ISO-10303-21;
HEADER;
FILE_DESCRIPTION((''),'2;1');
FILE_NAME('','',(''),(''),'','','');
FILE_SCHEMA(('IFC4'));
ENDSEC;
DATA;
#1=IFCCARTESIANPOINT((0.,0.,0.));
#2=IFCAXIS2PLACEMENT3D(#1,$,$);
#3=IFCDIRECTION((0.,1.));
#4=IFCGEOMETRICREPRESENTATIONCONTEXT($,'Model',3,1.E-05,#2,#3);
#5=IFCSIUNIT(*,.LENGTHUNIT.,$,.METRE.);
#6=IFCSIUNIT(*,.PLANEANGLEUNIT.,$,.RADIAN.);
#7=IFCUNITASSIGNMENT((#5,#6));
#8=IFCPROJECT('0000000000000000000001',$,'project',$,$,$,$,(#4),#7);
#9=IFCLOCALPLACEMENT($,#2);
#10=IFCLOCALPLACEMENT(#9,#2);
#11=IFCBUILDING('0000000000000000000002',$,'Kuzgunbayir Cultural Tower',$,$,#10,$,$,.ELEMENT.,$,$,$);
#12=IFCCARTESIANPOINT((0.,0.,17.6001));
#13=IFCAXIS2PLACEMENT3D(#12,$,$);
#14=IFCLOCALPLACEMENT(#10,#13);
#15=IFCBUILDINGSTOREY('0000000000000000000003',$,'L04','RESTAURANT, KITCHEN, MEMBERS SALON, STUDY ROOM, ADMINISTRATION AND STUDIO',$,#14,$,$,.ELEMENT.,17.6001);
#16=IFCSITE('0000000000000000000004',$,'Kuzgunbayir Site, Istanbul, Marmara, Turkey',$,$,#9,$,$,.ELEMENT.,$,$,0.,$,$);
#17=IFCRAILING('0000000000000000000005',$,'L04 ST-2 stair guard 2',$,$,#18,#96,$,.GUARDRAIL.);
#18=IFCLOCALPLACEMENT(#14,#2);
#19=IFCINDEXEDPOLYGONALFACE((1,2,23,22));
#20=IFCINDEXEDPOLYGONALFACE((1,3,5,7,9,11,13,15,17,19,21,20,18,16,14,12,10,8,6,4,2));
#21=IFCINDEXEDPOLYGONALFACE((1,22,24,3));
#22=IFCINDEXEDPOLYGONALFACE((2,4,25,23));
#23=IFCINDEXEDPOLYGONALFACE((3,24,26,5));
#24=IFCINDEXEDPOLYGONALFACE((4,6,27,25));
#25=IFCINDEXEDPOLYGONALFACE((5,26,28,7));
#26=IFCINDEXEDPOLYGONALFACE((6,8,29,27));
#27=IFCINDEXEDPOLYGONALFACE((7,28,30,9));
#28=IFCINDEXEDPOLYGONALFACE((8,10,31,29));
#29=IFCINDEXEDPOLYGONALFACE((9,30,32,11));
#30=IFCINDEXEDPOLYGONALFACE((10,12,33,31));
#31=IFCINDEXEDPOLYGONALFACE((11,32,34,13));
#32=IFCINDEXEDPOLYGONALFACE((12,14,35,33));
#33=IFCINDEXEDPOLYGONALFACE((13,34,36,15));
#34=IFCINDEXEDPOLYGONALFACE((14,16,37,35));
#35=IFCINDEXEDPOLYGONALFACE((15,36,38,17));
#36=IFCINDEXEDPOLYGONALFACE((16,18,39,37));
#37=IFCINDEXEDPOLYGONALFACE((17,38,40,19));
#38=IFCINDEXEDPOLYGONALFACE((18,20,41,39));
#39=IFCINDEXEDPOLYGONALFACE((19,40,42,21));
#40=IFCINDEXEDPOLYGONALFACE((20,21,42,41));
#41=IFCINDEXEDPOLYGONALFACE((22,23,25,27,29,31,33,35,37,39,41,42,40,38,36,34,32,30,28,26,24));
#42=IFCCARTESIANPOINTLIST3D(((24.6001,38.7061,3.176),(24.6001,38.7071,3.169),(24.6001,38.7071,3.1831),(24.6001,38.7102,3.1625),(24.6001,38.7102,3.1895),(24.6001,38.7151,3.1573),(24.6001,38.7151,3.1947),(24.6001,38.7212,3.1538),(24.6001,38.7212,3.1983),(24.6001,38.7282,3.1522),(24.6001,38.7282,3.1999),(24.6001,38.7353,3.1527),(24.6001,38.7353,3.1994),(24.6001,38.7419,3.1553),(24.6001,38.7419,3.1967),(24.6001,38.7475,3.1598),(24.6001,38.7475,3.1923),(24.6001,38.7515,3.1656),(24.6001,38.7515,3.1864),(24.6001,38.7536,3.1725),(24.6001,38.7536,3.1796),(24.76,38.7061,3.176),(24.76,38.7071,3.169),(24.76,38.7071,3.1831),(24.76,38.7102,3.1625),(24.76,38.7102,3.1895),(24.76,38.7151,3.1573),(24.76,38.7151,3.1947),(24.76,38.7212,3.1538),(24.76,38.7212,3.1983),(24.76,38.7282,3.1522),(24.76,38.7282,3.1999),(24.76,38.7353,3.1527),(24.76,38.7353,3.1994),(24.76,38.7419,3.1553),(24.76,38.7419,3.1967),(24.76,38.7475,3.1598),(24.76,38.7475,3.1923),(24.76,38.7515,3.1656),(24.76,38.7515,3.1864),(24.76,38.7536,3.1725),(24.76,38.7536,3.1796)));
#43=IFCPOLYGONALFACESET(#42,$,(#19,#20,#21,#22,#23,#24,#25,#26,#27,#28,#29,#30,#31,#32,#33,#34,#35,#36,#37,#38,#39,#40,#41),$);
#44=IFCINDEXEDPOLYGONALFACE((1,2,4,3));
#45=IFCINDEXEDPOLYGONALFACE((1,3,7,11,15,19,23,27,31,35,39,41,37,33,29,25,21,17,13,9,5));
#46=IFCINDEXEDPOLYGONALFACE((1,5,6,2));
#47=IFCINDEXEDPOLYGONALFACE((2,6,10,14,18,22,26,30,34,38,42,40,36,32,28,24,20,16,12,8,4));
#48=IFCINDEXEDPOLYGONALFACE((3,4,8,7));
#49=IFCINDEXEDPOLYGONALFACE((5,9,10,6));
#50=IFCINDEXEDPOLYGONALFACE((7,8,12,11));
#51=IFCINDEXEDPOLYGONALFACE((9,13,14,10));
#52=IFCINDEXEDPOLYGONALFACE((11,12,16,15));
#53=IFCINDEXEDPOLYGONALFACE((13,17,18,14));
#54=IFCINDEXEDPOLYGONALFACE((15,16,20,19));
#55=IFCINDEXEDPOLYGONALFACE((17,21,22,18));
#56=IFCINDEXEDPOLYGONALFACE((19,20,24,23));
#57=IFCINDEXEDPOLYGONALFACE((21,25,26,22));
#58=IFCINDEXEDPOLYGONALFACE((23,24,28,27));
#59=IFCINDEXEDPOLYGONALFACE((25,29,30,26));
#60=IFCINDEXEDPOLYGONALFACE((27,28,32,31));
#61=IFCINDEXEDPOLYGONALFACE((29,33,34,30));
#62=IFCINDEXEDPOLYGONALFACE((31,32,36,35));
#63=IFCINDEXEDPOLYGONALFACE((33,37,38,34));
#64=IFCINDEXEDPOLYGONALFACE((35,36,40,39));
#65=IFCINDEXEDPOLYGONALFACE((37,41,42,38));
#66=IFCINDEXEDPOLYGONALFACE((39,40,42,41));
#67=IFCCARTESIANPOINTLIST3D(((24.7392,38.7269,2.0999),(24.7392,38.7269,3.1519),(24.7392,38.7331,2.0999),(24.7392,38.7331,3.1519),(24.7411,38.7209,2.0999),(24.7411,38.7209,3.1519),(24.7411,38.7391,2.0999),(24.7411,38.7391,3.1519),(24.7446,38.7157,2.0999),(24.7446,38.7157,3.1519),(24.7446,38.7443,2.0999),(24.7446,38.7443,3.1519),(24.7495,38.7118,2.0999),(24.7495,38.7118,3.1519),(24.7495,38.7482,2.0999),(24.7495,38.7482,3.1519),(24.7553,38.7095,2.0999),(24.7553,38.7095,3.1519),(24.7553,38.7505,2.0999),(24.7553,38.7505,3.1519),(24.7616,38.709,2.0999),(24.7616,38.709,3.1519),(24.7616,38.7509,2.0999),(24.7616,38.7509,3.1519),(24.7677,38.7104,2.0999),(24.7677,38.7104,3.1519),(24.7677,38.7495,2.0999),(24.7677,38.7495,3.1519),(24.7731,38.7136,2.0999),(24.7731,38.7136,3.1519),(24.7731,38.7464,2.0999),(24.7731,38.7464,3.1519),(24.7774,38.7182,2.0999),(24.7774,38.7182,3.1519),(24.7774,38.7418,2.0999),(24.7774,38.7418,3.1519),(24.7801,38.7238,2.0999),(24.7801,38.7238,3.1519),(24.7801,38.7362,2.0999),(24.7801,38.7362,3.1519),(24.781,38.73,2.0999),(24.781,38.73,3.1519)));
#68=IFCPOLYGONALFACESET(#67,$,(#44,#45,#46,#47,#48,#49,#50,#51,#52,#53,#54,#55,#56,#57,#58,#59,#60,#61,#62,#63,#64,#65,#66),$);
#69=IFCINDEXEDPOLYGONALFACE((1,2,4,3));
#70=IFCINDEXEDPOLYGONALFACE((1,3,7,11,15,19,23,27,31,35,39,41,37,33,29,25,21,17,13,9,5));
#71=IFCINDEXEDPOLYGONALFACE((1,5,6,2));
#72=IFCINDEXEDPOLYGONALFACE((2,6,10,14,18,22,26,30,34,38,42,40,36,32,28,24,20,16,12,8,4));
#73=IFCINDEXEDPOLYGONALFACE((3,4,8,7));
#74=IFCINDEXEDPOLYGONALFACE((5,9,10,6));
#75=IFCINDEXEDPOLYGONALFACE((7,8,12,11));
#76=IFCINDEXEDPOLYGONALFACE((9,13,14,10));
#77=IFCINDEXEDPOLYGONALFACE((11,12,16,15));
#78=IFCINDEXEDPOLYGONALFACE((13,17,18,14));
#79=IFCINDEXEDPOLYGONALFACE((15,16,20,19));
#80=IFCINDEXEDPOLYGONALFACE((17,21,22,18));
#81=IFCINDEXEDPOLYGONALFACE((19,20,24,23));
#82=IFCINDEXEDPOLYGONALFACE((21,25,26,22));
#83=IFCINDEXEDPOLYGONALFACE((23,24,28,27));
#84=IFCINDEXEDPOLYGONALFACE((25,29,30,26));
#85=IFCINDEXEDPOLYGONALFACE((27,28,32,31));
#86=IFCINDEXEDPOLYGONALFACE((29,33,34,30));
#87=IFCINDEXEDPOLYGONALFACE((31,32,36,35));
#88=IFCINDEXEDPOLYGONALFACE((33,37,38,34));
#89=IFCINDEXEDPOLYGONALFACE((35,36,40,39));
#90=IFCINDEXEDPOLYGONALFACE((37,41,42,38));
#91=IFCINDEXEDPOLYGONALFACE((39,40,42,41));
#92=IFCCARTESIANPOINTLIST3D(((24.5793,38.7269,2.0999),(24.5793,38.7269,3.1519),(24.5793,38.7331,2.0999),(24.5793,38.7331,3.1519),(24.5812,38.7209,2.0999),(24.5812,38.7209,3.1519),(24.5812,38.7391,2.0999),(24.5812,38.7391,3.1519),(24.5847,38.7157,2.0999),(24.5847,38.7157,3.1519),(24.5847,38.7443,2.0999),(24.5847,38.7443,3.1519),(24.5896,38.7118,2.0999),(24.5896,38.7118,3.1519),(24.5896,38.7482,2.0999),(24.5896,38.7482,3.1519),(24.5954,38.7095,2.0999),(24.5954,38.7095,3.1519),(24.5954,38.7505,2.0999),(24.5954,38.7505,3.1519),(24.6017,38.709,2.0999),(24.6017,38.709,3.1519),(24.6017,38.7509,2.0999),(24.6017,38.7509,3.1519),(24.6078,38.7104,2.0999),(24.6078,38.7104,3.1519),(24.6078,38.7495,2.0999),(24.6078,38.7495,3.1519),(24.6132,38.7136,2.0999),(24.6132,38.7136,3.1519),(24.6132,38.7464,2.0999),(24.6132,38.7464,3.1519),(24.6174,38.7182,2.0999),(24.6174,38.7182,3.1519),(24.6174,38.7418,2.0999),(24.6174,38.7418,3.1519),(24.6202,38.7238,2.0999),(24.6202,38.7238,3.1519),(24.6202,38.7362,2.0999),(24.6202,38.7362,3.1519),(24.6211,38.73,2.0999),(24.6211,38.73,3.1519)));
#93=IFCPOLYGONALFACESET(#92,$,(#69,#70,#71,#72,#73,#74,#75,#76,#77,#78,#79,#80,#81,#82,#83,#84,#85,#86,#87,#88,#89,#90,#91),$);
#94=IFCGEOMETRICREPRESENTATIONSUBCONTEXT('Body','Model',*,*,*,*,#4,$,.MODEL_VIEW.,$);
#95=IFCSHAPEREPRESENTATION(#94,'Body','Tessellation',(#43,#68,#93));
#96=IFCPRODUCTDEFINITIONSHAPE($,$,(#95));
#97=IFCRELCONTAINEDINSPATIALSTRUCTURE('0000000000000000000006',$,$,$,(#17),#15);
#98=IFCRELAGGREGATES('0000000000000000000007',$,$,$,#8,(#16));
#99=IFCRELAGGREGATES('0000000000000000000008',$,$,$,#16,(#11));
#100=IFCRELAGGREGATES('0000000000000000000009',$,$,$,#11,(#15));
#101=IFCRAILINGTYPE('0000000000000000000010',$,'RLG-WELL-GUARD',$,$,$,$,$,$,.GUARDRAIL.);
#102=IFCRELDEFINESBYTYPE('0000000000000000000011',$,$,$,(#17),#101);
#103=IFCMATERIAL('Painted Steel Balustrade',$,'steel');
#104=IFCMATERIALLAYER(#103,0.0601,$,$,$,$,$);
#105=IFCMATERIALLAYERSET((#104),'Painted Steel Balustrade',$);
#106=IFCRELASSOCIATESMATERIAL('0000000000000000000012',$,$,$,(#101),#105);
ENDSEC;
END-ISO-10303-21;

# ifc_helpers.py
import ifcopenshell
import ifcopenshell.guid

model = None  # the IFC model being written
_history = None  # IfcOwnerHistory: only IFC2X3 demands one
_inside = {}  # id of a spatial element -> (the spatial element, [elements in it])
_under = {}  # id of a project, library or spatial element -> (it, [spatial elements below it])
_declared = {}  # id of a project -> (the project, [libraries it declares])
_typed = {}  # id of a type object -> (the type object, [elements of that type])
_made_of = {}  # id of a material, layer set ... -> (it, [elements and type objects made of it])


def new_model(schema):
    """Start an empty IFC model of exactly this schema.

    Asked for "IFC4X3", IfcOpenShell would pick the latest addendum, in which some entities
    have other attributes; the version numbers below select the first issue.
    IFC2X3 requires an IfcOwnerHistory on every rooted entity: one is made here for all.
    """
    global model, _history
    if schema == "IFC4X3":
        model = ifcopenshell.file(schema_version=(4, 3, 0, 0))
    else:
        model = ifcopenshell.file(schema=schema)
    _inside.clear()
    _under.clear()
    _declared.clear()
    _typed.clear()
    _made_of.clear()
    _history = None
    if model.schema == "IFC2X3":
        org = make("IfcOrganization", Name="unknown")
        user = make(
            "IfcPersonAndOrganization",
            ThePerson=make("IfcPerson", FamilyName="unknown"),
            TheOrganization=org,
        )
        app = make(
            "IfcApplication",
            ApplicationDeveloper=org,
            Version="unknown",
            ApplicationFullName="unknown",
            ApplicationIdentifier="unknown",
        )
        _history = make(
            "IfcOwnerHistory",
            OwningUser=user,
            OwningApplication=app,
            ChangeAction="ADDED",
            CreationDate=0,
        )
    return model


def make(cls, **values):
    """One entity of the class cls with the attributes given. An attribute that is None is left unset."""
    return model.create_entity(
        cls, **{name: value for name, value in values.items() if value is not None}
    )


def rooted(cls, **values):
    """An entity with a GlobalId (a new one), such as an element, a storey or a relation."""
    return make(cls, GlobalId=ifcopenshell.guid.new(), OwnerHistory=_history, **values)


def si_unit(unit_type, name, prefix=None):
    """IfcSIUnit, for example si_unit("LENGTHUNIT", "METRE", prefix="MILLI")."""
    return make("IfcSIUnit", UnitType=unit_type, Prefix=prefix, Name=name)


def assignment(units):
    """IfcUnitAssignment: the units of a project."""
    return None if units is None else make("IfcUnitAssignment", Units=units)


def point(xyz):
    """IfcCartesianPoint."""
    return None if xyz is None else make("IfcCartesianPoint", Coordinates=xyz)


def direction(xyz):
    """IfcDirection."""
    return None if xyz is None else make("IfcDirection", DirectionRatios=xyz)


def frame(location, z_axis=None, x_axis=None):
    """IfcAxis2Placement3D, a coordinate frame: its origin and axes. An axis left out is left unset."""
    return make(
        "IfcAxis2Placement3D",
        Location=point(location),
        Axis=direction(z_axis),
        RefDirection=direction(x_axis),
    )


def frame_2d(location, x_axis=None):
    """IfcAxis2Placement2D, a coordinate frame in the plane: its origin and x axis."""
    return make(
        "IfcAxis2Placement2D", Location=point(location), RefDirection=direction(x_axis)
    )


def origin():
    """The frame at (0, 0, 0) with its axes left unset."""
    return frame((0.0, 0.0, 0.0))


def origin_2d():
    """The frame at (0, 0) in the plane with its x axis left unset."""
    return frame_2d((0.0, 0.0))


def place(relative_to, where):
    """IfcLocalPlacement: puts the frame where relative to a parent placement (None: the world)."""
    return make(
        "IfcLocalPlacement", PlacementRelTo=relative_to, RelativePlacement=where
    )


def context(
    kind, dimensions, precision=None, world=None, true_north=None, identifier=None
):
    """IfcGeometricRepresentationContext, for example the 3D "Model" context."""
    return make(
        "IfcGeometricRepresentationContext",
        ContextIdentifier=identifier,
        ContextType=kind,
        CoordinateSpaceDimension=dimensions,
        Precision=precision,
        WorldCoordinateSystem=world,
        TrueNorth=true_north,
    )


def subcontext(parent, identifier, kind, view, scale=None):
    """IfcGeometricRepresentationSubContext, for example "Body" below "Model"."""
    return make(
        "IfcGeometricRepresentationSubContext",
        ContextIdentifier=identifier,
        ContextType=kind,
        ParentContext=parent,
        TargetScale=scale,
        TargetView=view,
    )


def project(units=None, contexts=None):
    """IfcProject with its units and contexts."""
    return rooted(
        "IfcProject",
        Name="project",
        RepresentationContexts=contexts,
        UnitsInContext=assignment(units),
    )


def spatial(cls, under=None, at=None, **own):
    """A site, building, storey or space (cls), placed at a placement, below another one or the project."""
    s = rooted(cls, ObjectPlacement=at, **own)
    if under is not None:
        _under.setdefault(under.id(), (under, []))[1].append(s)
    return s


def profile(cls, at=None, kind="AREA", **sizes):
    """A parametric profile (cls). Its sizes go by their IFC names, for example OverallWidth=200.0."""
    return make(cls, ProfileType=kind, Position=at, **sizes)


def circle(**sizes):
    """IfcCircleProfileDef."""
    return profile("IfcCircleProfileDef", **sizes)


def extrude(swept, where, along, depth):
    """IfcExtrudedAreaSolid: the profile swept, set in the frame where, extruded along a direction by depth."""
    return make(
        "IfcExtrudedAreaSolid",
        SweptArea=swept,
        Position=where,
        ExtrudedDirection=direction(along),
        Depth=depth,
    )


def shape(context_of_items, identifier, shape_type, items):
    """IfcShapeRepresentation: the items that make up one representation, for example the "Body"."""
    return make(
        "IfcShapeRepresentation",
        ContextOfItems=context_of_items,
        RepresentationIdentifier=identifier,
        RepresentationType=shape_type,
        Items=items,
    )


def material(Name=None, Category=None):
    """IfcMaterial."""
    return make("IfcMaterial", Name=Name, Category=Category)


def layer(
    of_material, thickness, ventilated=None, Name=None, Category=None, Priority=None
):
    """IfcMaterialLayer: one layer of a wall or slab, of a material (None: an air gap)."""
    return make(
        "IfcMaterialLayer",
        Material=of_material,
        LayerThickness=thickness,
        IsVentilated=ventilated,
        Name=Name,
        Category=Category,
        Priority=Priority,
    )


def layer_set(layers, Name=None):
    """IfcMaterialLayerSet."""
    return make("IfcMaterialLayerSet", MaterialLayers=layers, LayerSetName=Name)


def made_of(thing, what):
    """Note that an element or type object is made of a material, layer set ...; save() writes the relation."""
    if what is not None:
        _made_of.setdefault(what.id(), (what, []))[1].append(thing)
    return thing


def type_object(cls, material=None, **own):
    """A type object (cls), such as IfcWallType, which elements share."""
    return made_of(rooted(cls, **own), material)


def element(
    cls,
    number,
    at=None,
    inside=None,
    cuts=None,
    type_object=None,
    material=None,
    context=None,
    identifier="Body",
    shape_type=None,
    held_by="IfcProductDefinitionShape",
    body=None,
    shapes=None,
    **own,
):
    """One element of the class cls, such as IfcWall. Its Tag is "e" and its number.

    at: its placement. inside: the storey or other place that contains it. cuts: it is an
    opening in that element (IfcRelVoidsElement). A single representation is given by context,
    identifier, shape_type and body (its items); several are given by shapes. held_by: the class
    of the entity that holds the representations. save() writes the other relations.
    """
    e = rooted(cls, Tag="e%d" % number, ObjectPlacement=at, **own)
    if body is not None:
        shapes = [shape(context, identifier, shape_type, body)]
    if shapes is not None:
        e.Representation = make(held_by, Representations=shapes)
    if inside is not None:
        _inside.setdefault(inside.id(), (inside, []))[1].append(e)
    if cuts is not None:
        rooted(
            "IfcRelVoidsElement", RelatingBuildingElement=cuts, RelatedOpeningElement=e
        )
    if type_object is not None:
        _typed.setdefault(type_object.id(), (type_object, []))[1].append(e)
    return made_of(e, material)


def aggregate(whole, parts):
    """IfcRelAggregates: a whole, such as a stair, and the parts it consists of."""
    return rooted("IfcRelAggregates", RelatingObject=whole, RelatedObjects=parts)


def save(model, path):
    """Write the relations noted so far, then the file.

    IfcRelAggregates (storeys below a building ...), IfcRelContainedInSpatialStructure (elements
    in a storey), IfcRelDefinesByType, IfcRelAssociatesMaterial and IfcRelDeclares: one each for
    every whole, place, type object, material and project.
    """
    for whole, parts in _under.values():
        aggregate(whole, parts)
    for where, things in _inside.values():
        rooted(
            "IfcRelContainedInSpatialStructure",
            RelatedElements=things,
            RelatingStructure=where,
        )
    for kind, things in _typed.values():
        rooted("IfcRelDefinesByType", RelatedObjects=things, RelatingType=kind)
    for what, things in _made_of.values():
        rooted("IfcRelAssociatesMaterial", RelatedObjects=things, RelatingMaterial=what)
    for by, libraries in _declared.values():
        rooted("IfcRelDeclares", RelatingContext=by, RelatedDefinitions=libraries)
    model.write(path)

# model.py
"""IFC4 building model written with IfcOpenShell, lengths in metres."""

from ifc_helpers import new_model, si_unit, direction, frame, origin, origin_2d, place, context, subcontext, project, spatial, circle, extrude, material, layer, layer_set, type_object, element, save


model = new_model("IFC4")

# Units and contexts
model_context = context("Model", 3, precision=1e-05, world=origin(), true_north=direction((0.0, 1.0)))
body_context = subcontext(model_context, "Body", "Model", "MODEL_VIEW")
ifc_project = project(units=[si_unit("LENGTHUNIT", "METRE"), si_unit("PLANEANGLEUNIT", "RADIAN")], contexts=[model_context])

# Site, building, storey
site_placement = place(None, origin())
site = spatial("IfcSite", under=ifc_project, at=site_placement, Name="Kuzgunbayir Site, Istanbul, Marmara, Turkey", CompositionType="ELEMENT", RefElevation=0.0)
building_placement = place(site_placement, origin())
building = spatial("IfcBuilding", under=site, at=building_placement, Name="Kuzgunbayir Cultural Tower", CompositionType="ELEMENT")
storey_placement = place(building_placement, frame((0.0, 0.0, 17.6001)))
storey = spatial("IfcBuildingStorey", under=building, at=storey_placement, Name="L04", Description="RESTAURANT, KITCHEN, MEMBERS SALON, STUDY ROOM, ADMINISTRATION AND STUDIO", CompositionType="ELEMENT", Elevation=17.6001)

# Railing
ifc_material_1 = material(Name="Painted Steel Balustrade", Category="steel")
ifc_layer_1 = layer(ifc_material_1, 0.0601)
ifc_layer_set_1 = layer_set([ifc_layer_1], Name="Painted Steel Balustrade")
railing_type_1 = type_object("IfcRailingType", Name="RLG-WELL-GUARD", PredefinedType="GUARDRAIL", material=ifc_layer_set_1)
railing_1_placement = place(storey_placement, frame((24.76, 38.73, 2.0999)))
element("IfcRailing", 1, at=railing_1_placement, inside=storey, type_object=railing_type_1, Name="L04 ST-2 stair guard 2", PredefinedType="GUARDRAIL", context=body_context, shape_type="SweptSolid", body=[
    extrude(circle(Radius=0.0239, at=origin_2d()), frame((0.0, 0.0, 1.0762), z_axis=(-1.0, 0.0, 0.0), x_axis=(0.0, -1.0, 0.0)), (0.0, 0.0, 1.0), 0.1599),
    extrude(circle(Radius=0.021, at=origin_2d()), origin(), (0.0, 0.0, 1.0), 1.052),
    extrude(circle(Radius=0.021, at=origin_2d()), frame((-0.1599, 0.0, 0.0)), (0.0, 0.0, 1.0), 1.052),
])

save(model, "model.ifc")
